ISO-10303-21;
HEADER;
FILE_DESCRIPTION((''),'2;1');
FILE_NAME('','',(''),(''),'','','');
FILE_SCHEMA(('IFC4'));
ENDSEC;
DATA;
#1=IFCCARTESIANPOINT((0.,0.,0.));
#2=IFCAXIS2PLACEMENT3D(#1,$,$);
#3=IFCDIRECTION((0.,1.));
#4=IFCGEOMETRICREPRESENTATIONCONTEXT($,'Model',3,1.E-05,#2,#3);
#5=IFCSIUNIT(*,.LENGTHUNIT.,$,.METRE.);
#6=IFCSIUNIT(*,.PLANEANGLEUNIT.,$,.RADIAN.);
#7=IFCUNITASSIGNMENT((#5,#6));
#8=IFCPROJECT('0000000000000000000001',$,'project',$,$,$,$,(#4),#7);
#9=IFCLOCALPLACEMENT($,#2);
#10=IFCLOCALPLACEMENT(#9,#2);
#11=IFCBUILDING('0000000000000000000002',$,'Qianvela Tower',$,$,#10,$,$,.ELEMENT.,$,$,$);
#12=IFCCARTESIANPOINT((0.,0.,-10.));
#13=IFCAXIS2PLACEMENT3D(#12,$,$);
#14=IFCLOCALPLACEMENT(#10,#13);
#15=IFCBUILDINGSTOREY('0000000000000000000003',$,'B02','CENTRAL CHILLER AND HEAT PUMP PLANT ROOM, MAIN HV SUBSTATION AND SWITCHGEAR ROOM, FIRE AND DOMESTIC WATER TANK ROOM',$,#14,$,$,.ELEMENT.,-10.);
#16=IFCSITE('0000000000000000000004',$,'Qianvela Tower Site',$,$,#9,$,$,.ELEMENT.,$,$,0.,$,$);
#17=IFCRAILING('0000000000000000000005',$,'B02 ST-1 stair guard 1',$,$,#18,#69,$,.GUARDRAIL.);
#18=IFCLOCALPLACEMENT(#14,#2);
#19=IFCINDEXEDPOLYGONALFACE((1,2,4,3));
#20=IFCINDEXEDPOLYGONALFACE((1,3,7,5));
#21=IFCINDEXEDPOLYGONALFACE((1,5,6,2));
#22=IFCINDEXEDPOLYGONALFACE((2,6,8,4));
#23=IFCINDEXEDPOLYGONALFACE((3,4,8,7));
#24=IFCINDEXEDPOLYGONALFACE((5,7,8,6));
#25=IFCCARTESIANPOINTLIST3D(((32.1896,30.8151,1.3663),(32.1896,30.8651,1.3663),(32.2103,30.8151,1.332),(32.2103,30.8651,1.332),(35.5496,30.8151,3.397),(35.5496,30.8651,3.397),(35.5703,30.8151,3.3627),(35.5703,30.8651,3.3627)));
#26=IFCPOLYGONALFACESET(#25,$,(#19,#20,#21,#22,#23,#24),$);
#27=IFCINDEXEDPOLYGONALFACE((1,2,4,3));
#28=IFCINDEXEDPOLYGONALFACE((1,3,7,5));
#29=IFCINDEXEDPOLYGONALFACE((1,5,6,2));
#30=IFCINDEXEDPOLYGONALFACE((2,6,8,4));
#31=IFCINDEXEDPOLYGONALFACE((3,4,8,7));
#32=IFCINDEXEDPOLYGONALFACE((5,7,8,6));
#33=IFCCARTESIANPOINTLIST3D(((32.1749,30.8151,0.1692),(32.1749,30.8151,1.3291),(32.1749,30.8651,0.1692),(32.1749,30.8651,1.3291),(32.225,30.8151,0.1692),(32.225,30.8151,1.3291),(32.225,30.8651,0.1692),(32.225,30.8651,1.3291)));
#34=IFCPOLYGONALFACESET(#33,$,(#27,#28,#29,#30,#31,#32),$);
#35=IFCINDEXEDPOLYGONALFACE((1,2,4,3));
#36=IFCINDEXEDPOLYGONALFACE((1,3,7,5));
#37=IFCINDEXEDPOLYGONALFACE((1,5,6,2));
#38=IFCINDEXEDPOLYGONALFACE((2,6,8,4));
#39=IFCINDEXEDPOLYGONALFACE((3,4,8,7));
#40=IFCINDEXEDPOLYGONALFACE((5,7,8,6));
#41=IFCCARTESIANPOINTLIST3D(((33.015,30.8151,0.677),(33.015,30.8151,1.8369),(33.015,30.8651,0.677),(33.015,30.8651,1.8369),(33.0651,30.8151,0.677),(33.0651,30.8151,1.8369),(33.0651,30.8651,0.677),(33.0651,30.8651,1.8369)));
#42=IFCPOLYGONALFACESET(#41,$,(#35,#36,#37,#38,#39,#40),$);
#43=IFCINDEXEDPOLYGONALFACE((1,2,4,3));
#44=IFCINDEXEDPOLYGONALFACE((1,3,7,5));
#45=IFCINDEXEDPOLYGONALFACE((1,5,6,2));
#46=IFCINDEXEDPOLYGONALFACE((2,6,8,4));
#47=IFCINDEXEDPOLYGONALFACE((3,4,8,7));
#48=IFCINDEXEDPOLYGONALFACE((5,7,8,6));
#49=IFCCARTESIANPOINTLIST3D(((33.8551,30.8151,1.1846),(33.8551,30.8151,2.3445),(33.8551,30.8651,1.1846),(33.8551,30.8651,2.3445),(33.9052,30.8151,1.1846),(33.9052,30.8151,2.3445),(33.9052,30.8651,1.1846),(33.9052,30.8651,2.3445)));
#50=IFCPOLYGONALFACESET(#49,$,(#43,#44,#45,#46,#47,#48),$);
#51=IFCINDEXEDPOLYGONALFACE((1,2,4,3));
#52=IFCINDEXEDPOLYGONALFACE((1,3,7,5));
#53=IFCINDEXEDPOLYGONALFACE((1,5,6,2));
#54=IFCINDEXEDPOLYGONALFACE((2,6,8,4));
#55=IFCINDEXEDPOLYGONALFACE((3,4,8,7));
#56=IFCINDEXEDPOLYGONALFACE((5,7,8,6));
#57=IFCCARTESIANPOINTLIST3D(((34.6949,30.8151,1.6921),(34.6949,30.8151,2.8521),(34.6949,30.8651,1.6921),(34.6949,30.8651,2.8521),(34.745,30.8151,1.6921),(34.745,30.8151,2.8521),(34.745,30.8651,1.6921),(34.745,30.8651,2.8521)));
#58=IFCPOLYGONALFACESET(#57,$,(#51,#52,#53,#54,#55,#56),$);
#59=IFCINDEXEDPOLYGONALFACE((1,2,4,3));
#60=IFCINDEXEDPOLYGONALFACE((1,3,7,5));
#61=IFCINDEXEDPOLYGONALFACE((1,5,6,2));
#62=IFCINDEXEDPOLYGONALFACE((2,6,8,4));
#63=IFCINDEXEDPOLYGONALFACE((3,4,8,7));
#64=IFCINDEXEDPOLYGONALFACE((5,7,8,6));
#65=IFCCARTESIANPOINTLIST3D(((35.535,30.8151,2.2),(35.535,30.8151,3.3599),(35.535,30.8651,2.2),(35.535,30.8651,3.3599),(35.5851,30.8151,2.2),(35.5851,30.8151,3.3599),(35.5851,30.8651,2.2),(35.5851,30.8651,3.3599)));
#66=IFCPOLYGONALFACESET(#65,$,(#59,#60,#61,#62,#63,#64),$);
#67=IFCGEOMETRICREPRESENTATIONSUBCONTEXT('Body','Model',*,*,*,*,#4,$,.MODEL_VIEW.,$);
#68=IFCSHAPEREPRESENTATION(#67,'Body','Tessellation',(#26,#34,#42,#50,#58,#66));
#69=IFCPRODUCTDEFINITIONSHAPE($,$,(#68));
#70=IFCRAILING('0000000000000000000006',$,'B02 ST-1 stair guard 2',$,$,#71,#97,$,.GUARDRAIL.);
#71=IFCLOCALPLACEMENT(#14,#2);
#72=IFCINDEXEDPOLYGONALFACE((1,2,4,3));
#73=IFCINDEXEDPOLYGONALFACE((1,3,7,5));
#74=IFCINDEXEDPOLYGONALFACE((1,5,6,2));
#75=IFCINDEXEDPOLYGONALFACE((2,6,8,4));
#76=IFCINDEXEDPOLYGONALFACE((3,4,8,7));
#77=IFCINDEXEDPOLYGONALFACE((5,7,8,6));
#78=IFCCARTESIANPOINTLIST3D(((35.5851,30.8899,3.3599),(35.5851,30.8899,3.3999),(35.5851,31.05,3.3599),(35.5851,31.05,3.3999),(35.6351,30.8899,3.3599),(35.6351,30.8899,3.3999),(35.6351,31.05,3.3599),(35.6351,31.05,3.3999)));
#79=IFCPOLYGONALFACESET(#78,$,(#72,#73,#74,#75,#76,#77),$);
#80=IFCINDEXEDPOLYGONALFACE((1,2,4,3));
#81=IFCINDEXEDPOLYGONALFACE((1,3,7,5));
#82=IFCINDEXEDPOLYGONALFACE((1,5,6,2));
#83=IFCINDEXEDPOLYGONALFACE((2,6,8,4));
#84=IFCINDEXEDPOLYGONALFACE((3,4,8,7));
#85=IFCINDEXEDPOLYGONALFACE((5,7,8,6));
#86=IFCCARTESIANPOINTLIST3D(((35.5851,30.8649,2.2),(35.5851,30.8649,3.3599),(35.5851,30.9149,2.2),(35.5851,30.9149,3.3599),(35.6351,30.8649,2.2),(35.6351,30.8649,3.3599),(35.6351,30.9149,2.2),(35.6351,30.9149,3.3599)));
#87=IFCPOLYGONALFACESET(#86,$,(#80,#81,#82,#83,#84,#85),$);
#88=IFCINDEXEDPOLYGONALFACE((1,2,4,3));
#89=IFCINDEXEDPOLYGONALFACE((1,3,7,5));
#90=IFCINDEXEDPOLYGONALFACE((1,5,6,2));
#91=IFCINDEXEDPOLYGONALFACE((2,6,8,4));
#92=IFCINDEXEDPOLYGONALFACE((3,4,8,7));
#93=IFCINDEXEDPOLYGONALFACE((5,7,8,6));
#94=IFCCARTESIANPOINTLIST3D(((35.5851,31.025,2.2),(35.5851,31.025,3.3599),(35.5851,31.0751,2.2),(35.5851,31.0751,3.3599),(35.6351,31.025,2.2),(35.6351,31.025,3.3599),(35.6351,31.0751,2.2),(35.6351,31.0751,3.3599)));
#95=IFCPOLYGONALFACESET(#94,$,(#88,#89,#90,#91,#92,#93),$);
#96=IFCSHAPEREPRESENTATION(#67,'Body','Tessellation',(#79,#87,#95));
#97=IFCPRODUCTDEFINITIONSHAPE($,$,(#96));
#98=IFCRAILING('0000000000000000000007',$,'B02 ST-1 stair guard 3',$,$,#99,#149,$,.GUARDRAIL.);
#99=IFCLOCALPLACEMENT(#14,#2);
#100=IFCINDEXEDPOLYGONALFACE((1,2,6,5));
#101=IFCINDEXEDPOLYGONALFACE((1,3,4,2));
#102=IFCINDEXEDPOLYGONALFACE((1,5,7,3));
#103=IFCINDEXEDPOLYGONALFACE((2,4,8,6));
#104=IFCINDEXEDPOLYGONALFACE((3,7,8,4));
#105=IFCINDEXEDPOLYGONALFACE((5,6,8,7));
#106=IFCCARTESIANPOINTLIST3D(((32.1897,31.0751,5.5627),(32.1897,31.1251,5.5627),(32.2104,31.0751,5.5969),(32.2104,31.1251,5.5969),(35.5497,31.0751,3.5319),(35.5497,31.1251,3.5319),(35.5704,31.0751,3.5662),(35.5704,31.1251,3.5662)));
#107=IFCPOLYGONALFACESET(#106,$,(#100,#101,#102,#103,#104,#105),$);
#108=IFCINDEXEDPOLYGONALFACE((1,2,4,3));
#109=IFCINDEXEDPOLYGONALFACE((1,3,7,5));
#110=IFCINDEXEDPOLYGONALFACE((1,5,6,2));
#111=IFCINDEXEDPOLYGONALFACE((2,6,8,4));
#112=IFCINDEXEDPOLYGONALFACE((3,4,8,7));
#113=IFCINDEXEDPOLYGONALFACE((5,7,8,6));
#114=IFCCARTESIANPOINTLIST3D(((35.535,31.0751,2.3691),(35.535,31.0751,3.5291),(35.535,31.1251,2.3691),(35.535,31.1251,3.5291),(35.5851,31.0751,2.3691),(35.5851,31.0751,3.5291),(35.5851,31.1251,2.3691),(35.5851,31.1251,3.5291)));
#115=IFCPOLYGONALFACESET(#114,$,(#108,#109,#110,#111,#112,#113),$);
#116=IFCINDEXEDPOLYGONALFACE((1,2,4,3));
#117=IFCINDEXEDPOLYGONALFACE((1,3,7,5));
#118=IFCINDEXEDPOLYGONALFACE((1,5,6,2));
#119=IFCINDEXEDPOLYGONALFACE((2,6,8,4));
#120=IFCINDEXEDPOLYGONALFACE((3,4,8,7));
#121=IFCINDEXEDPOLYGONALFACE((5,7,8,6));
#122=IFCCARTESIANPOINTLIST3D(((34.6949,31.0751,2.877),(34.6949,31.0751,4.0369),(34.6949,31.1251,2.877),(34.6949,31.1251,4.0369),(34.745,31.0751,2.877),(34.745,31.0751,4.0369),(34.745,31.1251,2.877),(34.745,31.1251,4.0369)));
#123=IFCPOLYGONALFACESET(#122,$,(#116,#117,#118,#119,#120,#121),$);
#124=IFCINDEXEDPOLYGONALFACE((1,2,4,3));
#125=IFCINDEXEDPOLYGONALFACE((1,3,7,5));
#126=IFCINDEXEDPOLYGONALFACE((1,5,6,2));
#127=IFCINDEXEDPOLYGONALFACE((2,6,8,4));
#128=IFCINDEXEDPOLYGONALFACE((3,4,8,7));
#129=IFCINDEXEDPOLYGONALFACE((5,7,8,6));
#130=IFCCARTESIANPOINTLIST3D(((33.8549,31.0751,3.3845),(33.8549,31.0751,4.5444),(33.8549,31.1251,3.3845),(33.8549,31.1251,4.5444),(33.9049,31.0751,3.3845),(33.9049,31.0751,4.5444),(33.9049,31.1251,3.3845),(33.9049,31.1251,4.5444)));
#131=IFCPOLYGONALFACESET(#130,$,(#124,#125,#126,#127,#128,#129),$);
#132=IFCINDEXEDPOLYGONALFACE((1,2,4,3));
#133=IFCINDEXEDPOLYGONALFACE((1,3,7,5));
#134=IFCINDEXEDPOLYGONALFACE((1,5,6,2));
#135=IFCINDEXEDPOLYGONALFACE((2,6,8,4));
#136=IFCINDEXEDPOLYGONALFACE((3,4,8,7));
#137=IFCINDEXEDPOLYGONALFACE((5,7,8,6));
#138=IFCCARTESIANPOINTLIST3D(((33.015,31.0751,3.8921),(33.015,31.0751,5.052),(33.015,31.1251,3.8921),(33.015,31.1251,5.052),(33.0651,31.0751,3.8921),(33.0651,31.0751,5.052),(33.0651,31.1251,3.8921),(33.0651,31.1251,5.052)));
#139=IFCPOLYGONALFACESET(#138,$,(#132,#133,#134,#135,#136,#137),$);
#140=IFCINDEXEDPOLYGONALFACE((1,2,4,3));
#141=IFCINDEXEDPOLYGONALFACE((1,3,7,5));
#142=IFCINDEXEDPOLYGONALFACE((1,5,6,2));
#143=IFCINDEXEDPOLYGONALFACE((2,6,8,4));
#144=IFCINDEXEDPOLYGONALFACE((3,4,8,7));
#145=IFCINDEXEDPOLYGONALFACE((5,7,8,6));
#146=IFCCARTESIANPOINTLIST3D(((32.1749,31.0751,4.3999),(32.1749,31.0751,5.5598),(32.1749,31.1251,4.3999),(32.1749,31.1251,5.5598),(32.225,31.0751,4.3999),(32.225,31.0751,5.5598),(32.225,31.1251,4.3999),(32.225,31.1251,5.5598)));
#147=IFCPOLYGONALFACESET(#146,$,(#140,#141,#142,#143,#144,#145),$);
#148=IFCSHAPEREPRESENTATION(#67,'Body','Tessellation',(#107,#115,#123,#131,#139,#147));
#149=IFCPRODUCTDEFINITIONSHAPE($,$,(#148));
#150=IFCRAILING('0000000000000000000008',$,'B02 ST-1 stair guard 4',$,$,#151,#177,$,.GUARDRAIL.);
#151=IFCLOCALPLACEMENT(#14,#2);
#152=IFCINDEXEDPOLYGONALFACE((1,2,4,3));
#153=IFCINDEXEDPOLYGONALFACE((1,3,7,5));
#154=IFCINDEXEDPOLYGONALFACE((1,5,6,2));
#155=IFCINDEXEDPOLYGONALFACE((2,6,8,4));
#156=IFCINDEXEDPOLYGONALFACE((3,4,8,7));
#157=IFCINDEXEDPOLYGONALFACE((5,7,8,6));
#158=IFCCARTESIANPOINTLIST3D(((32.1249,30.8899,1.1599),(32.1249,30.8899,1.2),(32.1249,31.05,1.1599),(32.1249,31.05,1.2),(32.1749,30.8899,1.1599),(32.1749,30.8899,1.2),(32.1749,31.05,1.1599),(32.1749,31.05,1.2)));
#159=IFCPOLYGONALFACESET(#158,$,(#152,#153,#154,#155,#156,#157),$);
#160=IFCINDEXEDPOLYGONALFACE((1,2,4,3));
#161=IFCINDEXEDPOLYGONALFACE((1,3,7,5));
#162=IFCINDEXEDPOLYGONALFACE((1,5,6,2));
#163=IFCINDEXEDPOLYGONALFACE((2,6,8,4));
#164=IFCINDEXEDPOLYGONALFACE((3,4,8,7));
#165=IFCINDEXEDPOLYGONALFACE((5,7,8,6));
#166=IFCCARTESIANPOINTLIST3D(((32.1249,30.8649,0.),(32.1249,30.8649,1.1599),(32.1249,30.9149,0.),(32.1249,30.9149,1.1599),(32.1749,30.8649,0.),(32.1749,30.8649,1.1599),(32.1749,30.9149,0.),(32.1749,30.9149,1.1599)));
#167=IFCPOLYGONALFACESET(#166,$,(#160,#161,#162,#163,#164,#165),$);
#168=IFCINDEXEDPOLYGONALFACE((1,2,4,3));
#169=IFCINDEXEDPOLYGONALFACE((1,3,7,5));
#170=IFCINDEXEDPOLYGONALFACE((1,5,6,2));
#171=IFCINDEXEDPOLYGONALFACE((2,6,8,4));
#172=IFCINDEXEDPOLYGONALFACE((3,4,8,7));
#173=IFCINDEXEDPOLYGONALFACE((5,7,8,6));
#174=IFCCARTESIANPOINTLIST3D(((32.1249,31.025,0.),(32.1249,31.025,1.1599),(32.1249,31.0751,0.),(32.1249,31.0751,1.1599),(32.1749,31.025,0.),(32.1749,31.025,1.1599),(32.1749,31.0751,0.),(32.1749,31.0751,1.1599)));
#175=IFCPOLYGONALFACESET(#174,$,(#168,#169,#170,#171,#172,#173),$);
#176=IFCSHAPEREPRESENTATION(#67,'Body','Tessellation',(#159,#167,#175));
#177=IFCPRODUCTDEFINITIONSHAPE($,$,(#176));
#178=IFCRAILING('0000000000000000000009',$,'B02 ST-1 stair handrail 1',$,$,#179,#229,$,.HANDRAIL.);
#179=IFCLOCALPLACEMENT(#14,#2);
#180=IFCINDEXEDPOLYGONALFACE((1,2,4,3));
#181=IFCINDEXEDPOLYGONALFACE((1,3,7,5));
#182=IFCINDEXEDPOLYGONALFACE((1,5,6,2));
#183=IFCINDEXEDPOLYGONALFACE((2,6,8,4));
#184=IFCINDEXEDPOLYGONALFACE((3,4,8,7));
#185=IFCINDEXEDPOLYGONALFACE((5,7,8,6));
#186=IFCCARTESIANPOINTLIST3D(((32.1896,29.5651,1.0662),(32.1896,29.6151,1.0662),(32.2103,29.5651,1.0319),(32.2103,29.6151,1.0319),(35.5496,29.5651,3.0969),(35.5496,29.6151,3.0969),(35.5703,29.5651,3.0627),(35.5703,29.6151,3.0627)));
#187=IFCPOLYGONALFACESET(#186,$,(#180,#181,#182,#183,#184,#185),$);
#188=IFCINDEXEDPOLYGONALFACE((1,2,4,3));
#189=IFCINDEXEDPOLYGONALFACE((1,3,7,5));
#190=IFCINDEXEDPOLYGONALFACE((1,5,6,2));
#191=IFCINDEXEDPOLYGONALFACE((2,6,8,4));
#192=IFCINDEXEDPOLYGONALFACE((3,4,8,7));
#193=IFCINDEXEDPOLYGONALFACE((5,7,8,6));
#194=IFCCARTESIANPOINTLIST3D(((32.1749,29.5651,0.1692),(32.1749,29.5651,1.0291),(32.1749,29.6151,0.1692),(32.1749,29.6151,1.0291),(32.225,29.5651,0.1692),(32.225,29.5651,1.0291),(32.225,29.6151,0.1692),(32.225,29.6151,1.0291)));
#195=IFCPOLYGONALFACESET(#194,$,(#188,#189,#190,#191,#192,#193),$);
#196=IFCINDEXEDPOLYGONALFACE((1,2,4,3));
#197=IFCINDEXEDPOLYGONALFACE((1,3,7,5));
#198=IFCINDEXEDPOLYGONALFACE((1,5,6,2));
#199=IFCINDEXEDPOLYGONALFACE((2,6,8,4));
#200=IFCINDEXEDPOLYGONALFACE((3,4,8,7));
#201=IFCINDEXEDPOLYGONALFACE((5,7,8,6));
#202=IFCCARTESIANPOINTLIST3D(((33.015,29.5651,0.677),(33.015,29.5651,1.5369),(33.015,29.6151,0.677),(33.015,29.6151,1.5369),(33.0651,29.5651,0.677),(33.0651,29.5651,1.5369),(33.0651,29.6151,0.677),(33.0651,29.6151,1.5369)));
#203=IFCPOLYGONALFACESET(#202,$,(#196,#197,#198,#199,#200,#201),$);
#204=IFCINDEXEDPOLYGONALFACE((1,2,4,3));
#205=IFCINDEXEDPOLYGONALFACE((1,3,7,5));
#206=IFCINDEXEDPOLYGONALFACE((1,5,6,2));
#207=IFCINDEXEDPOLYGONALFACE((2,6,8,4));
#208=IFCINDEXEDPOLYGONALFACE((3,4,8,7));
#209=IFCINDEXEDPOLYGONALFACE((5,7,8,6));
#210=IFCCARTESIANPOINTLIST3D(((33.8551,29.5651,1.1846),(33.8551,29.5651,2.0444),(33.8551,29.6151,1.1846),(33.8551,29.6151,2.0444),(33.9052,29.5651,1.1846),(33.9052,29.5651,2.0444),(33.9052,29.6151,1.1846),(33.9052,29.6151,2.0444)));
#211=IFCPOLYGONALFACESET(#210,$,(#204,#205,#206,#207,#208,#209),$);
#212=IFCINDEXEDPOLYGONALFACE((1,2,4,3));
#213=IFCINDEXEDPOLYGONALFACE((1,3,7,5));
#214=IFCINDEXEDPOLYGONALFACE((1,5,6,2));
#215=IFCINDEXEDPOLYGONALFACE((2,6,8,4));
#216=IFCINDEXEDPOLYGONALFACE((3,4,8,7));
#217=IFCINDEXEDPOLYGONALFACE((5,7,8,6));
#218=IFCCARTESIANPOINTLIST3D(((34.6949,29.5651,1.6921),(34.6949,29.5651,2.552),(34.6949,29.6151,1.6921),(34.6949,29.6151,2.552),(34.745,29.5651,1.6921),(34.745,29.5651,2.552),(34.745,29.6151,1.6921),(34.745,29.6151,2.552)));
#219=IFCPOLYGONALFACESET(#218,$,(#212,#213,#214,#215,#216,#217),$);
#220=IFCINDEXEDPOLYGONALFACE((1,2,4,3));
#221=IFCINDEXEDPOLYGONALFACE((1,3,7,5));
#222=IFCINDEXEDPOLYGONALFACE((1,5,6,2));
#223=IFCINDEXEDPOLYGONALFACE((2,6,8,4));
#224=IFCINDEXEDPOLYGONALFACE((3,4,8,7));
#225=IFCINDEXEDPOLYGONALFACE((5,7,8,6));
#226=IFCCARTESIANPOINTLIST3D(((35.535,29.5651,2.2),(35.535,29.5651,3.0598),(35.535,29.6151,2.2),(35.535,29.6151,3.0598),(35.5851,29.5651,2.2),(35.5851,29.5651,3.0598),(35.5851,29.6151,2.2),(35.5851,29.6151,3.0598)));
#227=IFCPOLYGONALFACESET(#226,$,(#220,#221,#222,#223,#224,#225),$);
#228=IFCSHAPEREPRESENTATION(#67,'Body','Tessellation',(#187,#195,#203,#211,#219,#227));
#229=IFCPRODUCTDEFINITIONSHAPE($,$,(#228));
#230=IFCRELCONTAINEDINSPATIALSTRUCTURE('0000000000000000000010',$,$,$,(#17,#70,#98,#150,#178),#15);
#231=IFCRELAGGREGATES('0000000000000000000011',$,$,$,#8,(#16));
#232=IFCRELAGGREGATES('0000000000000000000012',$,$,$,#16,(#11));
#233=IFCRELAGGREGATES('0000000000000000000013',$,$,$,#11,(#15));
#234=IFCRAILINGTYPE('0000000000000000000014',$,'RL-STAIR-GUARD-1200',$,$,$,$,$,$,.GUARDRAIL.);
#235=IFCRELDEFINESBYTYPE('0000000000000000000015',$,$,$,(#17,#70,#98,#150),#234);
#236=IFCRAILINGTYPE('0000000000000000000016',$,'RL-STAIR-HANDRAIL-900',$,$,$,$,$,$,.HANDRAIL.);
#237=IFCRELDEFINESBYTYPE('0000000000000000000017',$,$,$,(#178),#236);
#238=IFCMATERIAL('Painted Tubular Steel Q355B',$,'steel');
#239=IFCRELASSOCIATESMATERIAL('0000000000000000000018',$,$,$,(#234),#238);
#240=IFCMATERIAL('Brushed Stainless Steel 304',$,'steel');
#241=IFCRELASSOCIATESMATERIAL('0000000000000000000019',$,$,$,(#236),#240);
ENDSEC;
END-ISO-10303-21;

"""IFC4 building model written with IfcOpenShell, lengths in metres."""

from ifc_helpers import new_model, si_unit, direction, frame, origin, origin_2d, place, context, subcontext, project, spatial, rectangle, extrude, material, type_object, element, save


model = new_model("IFC4")

# Units and contexts
model_context = context("Model", 3, precision=1e-05, world=origin(), true_north=direction((0.0, 1.0)))
body_context = subcontext(model_context, "Body", "Model", "MODEL_VIEW")
ifc_project = project(units=[si_unit("LENGTHUNIT", "METRE"), si_unit("PLANEANGLEUNIT", "RADIAN")], contexts=[model_context])

# Site, building, storey
site_placement = place(None, origin())
site = spatial("IfcSite", under=ifc_project, at=site_placement, Name="Qianvela Tower Site", CompositionType="ELEMENT", RefElevation=0.0)
building_placement = place(site_placement, origin())
building = spatial("IfcBuilding", under=site, at=building_placement, Name="Qianvela Tower", CompositionType="ELEMENT")
storey_placement = place(building_placement, frame((0.0, 0.0, -10.0)))
storey = spatial("IfcBuildingStorey", under=building, at=storey_placement, Name="B02", Description="CENTRAL CHILLER AND HEAT PUMP PLANT ROOM, MAIN HV SUBSTATION AND SWITCHGEAR ROOM, FIRE AND DOMESTIC WATER TANK ROOM", CompositionType="ELEMENT", Elevation=-10.0)

# Railings
ifc_material_1 = material(Name="Painted Tubular Steel Q355B", Category="steel")
railing_type_1 = type_object("IfcRailingType", Name="RL-STAIR-GUARD-1200", PredefinedType="GUARDRAIL", material=ifc_material_1)
railing_1_placement = place(storey_placement, frame((32.2, 30.8401, 0.1692)))
element("IfcRailing", 1, at=railing_1_placement, inside=storey, type_object=railing_type_1, Name="B02 ST-1 stair guard 1", PredefinedType="GUARDRAIL", context=body_context, shape_type="SweptSolid", body=[
    extrude(rectangle(XDim=0.05, YDim=0.04, at=origin_2d()), frame((0.0, 0.0, 1.1799), z_axis=(0.855837, 0.0, 0.517246), x_axis=(0.0, 1.0, 0.0)), (0.0, 0.0, 1.0), 3.926),
    extrude(rectangle(XDim=0.05, YDim=0.05, at=origin_2d()), origin(), (0.0, 0.0, 1.0), 1.1599),
    extrude(rectangle(XDim=0.05, YDim=0.05, at=origin_2d()), frame((0.8401, 0.0, 0.5078)), (0.0, 0.0, 1.0), 1.1599),
    extrude(rectangle(XDim=0.05, YDim=0.05, at=origin_2d()), frame((1.6802, 0.0, 1.0154)), (0.0, 0.0, 1.0), 1.1599),
    extrude(rectangle(XDim=0.05, YDim=0.05, at=origin_2d()), frame((2.52, 0.0, 1.5229)), (0.0, 0.0, 1.0), 1.1599),
    extrude(rectangle(XDim=0.05, YDim=0.05, at=origin_2d()), frame((3.3601, 0.0, 2.0308)), (0.0, 0.0, 1.0), 1.1599),
])
railing_2_placement = place(storey_placement, frame((35.6101, 30.8899, 2.2)))
element("IfcRailing", 2, at=railing_2_placement, inside=storey, type_object=railing_type_1, Name="B02 ST-1 stair guard 2", PredefinedType="GUARDRAIL", context=body_context, shape_type="SweptSolid", body=[
    extrude(rectangle(XDim=0.05, YDim=0.04, at=origin_2d()), frame((0.0, 0.0, 1.1799), z_axis=(0.0, 1.0, 0.0), x_axis=(-1.0, 0.0, 0.0)), (0.0, 0.0, 1.0), 0.1602),
    extrude(rectangle(XDim=0.05, YDim=0.05, at=origin_2d()), origin(), (0.0, 0.0, 1.0), 1.1599),
    extrude(rectangle(XDim=0.05, YDim=0.05, at=origin_2d()), frame((0.0, 0.1602, 0.0)), (0.0, 0.0, 1.0), 1.1599),
])
railing_3_placement = place(storey_placement, frame((35.5601, 31.1001, 2.3691)))
element("IfcRailing", 3, at=railing_3_placement, inside=storey, type_object=railing_type_1, Name="B02 ST-1 stair guard 3", PredefinedType="GUARDRAIL", context=body_context, shape_type="SweptSolid", body=[
    extrude(rectangle(XDim=0.05, YDim=0.04, at=origin_2d()), frame((0.0, 0.0, 1.1799), z_axis=(-0.855837, 0.0, 0.517246), x_axis=(0.0, -1.0, 0.0)), (0.0, 0.0, 1.0), 3.926),
    extrude(rectangle(XDim=0.05, YDim=0.05, at=origin_2d()), origin(), (0.0, 0.0, 1.0), 1.1599),
    extrude(rectangle(XDim=0.05, YDim=0.05, at=origin_2d()), frame((-0.8401, 0.0, 0.5078)), (0.0, 0.0, 1.0), 1.1599),
    extrude(rectangle(XDim=0.05, YDim=0.05, at=origin_2d()), frame((-1.6802, 0.0, 1.0154)), (0.0, 0.0, 1.0), 1.1599),
    extrude(rectangle(XDim=0.05, YDim=0.05, at=origin_2d()), frame((-2.52, 0.0, 1.5229)), (0.0, 0.0, 1.0), 1.1599),
    extrude(rectangle(XDim=0.05, YDim=0.05, at=origin_2d()), frame((-3.3601, 0.0, 2.0308)), (0.0, 0.0, 1.0), 1.1599),
])
railing_4_placement = place(storey_placement, frame((32.1499, 30.8899, 0.0)))
element("IfcRailing", 4, at=railing_4_placement, inside=storey, type_object=railing_type_1, Name="B02 ST-1 stair guard 4", PredefinedType="GUARDRAIL", context=body_context, shape_type="SweptSolid", body=[
    extrude(rectangle(XDim=0.05, YDim=0.04, at=origin_2d()), frame((0.0, 0.0, 1.1799), z_axis=(0.0, 1.0, 0.0), x_axis=(-1.0, 0.0, 0.0)), (0.0, 0.0, 1.0), 0.1602),
    extrude(rectangle(XDim=0.05, YDim=0.05, at=origin_2d()), origin(), (0.0, 0.0, 1.0), 1.1599),
    extrude(rectangle(XDim=0.05, YDim=0.05, at=origin_2d()), frame((0.0, 0.1602, 0.0)), (0.0, 0.0, 1.0), 1.1599),
])
ifc_material_2 = material(Name="Brushed Stainless Steel 304", Category="steel")
railing_type_2 = type_object("IfcRailingType", Name="RL-STAIR-HANDRAIL-900", PredefinedType="HANDRAIL", material=ifc_material_2)
railing_5_placement = place(storey_placement, frame((32.2, 29.5901, 0.1692)))
element("IfcRailing", 5, at=railing_5_placement, inside=storey, type_object=railing_type_2, Name="B02 ST-1 stair handrail 1", PredefinedType="HANDRAIL", context=body_context, shape_type="SweptSolid", body=[
    extrude(rectangle(XDim=0.05, YDim=0.04, at=origin_2d()), frame((0.0, 0.0, 0.8799), z_axis=(0.855837, 0.0, 0.517246), x_axis=(0.0, 1.0, 0.0)), (0.0, 0.0, 1.0), 3.926),
    extrude(rectangle(XDim=0.05, YDim=0.05, at=origin_2d()), origin(), (0.0, 0.0, 1.0), 0.8599),
    extrude(rectangle(XDim=0.05, YDim=0.05, at=origin_2d()), frame((0.8401, 0.0, 0.5078)), (0.0, 0.0, 1.0), 0.8599),
    extrude(rectangle(XDim=0.05, YDim=0.05, at=origin_2d()), frame((1.6802, 0.0, 1.0154)), (0.0, 0.0, 1.0), 0.8599),
    extrude(rectangle(XDim=0.05, YDim=0.05, at=origin_2d()), frame((2.52, 0.0, 1.5229)), (0.0, 0.0, 1.0), 0.8599),
    extrude(rectangle(XDim=0.05, YDim=0.05, at=origin_2d()), frame((3.3601, 0.0, 2.0308)), (0.0, 0.0, 1.0), 0.8599),
])

save(model, "model.ifc")
